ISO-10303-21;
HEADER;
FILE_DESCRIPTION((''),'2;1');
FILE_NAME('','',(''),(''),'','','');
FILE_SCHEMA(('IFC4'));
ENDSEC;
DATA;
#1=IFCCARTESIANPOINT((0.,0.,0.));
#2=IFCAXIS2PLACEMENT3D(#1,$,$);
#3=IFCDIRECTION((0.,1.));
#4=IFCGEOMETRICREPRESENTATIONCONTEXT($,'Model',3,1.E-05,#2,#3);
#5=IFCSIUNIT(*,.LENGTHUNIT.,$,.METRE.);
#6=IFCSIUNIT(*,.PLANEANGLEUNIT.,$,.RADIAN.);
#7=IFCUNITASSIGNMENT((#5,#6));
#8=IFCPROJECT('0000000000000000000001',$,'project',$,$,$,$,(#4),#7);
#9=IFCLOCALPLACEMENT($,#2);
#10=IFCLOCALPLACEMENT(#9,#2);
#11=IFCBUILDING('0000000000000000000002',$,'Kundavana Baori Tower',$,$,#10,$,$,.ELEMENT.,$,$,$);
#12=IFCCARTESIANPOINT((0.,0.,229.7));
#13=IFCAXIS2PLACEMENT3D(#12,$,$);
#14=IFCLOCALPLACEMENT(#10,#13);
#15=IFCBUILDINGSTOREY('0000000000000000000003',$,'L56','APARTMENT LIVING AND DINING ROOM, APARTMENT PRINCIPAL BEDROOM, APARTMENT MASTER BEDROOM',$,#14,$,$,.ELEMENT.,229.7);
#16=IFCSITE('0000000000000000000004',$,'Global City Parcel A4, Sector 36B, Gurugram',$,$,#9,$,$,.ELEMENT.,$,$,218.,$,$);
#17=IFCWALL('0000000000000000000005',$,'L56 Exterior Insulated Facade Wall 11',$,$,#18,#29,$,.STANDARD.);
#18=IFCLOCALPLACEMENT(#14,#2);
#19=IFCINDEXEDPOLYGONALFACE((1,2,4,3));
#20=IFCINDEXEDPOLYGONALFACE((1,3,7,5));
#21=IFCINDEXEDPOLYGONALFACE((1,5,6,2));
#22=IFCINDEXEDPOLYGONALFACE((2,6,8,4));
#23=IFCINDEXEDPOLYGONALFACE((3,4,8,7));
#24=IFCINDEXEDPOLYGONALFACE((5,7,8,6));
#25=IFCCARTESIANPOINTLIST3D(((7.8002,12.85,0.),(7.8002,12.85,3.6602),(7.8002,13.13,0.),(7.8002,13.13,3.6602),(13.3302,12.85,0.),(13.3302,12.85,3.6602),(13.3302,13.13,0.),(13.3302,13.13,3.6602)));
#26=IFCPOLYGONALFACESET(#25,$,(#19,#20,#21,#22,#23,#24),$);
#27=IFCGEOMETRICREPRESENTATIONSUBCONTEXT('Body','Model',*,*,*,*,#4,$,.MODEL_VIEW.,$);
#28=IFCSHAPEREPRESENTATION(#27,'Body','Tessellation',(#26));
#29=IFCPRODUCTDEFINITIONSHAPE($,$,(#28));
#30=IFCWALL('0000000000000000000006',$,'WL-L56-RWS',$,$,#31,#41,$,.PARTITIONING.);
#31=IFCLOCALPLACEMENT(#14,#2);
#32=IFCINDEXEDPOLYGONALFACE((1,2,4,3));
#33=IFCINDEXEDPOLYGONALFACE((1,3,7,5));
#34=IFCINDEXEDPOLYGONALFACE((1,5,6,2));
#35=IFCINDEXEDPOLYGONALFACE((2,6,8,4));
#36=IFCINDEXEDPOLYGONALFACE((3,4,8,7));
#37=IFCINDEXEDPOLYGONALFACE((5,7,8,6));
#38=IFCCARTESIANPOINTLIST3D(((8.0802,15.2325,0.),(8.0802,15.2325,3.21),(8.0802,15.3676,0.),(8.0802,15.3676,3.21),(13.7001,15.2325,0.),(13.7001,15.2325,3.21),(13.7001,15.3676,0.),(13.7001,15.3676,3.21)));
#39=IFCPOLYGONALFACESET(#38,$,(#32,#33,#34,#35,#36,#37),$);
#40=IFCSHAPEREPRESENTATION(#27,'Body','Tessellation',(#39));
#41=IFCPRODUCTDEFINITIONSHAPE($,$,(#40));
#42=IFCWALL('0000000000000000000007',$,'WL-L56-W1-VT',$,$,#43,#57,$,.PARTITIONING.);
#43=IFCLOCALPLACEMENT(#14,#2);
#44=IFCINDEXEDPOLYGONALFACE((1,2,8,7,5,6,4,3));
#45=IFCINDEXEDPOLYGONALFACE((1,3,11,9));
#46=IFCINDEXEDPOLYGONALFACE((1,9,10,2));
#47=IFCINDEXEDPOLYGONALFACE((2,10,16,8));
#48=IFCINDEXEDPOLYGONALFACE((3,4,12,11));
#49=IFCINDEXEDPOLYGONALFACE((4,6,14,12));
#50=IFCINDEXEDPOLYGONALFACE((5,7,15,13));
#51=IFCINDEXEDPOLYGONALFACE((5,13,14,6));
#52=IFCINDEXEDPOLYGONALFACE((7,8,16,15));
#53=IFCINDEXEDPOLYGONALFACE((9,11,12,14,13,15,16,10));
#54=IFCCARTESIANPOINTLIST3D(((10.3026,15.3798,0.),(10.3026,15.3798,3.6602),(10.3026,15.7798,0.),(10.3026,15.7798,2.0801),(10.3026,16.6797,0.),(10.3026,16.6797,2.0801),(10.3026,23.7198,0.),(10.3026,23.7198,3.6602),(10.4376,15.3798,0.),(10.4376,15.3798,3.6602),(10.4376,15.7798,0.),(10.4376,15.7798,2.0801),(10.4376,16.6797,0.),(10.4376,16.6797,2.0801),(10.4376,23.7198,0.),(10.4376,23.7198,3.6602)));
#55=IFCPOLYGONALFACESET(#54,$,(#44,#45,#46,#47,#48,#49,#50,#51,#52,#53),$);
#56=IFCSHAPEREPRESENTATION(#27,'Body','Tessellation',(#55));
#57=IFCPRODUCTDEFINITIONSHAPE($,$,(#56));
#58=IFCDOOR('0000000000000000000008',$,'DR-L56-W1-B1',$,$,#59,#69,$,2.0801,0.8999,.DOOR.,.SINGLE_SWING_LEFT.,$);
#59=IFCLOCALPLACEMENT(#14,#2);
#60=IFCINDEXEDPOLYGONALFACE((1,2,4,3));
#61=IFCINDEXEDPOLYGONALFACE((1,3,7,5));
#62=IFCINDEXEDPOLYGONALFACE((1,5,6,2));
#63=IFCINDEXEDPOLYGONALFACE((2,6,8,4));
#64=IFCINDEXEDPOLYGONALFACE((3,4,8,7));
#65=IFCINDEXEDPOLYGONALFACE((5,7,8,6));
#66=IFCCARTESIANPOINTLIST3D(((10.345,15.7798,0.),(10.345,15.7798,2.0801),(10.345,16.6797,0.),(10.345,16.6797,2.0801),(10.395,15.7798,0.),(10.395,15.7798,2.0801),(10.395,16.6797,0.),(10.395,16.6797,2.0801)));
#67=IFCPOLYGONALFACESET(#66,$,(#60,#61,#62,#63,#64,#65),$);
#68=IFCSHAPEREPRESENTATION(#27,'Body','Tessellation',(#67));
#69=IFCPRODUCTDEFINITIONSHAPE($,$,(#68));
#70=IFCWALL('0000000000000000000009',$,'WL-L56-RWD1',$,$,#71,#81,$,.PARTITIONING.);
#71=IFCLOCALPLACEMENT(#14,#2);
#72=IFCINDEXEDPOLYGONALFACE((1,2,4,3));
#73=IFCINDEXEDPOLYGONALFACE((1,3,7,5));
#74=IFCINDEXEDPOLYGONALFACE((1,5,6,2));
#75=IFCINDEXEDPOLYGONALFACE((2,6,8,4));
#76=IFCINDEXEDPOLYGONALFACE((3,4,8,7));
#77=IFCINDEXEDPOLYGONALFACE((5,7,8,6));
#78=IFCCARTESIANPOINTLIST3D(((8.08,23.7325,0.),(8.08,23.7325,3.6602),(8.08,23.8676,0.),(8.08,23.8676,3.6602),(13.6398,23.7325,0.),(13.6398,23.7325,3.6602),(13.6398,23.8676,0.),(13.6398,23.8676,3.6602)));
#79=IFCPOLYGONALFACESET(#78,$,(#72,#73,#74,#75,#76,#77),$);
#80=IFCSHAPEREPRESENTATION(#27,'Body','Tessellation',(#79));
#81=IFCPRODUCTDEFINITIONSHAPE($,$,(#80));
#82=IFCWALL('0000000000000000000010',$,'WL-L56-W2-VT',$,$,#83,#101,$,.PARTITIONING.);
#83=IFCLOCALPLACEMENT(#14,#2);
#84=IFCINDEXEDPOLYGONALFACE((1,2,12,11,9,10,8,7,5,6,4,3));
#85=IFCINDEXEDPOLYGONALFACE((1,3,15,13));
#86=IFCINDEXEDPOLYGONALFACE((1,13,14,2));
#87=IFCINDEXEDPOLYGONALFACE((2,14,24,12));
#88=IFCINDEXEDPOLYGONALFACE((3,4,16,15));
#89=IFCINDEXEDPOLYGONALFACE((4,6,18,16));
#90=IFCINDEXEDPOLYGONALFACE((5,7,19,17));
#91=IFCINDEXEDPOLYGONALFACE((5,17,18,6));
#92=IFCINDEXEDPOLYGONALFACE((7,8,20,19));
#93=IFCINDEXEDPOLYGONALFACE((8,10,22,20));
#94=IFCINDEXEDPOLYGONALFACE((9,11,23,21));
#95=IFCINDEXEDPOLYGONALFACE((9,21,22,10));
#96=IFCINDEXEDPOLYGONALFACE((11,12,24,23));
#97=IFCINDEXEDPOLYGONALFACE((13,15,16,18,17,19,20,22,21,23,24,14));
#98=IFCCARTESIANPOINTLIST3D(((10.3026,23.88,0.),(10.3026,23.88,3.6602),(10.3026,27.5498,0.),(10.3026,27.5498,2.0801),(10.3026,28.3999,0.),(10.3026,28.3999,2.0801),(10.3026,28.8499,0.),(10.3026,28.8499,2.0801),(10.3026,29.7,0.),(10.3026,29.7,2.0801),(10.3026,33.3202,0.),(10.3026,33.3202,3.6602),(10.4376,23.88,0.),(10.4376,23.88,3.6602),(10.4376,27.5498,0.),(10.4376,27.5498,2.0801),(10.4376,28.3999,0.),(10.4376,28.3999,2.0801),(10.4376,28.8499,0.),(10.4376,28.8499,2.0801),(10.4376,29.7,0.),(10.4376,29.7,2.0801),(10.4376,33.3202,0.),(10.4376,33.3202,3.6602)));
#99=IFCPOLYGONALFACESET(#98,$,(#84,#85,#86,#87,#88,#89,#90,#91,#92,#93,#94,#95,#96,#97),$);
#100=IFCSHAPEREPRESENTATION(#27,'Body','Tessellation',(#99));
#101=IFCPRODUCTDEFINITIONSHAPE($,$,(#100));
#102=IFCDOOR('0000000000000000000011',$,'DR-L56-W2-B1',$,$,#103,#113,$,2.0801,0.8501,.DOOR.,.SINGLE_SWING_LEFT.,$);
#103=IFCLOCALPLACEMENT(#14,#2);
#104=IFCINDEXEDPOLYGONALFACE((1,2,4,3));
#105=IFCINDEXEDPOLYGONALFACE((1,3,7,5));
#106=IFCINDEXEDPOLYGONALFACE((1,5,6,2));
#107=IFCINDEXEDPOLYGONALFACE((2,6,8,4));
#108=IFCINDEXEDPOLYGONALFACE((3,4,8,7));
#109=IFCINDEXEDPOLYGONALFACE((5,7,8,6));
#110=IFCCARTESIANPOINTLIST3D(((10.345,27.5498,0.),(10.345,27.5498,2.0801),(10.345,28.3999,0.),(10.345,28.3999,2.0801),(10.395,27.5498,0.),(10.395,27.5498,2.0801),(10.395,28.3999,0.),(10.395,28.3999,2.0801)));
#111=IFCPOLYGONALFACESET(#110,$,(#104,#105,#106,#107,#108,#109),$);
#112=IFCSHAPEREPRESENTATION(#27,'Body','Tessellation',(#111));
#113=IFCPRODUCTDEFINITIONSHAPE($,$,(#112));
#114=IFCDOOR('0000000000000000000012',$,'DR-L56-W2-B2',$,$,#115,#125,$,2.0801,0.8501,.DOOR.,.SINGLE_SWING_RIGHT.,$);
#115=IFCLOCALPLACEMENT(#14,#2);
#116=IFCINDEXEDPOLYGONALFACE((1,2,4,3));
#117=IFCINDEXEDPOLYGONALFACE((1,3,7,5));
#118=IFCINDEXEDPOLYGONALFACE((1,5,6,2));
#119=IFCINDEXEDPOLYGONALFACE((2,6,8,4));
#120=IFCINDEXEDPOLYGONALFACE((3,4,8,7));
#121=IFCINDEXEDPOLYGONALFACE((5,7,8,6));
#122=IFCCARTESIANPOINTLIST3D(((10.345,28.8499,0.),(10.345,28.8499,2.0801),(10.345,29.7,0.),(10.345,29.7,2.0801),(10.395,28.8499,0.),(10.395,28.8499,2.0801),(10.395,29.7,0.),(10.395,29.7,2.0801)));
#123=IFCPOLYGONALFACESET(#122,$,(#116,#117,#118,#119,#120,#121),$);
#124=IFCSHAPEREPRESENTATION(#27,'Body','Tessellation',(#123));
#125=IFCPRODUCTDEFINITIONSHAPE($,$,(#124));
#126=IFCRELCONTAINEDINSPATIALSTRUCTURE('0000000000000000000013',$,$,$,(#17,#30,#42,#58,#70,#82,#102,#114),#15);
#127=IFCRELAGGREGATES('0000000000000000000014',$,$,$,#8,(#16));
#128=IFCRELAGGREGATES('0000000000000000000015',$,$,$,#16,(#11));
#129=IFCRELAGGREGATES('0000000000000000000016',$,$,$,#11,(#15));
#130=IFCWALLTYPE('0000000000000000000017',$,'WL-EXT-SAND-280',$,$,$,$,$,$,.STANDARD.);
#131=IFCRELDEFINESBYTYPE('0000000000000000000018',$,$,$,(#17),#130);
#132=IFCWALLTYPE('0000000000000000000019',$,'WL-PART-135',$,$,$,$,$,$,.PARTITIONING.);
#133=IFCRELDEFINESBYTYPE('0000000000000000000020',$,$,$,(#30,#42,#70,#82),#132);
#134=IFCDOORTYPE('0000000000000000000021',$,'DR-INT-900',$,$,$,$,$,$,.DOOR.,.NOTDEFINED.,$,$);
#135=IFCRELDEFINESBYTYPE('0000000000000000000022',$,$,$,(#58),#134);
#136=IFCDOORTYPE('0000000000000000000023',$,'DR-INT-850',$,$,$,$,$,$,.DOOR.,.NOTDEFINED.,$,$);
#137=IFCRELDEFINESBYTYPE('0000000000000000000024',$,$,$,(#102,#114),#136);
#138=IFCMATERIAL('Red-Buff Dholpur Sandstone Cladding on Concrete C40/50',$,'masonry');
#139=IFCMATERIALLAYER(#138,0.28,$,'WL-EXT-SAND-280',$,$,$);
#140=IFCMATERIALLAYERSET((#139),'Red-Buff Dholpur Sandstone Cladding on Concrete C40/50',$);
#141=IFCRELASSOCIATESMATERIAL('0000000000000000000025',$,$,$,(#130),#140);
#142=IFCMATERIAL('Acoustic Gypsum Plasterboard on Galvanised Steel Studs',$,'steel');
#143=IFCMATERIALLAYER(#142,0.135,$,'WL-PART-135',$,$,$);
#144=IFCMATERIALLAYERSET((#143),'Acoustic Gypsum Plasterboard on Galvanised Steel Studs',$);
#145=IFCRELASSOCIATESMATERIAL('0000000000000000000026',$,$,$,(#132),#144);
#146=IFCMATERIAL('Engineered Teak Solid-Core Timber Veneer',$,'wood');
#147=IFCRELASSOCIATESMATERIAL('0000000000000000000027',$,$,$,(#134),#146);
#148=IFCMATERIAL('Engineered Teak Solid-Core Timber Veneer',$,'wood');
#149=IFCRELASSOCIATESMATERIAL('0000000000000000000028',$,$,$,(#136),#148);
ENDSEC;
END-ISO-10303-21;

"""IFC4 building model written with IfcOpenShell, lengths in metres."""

from ifc_helpers import new_model, si_unit, direction, frame, frame_2d, origin, place, context, subcontext, project, spatial, rectangle, extrude, material, layer, layer_set, type_object, element, fill, save


model = new_model("IFC4")

# Units and contexts
model_context = context("Model", 3, precision=1e-05, world=origin(), true_north=direction((0.0, 1.0)))
body_context = subcontext(model_context, "Body", "Model", "MODEL_VIEW")
ifc_project = project(units=[si_unit("LENGTHUNIT", "METRE"), si_unit("PLANEANGLEUNIT", "RADIAN")], contexts=[model_context])

# Site, building, storey
site_placement = place(None, origin())
site = spatial("IfcSite", under=ifc_project, at=site_placement, Name="Global City Parcel A4, Sector 36B, Gurugram", CompositionType="ELEMENT", RefElevation=218.0)
building_placement = place(site_placement, origin())
building = spatial("IfcBuilding", under=site, at=building_placement, Name="Kundavana Baori Tower", CompositionType="ELEMENT")
storey_placement = place(building_placement, frame((0.0, 0.0, 229.7)))
storey = spatial("IfcBuildingStorey", under=building, at=storey_placement, Name="L56", Description="APARTMENT LIVING AND DINING ROOM, APARTMENT PRINCIPAL BEDROOM, APARTMENT MASTER BEDROOM", CompositionType="ELEMENT", Elevation=229.7)

# Shared definitions
ifc_material_1 = material(Name="Red-Buff Dholpur Sandstone Cladding on Concrete C40/50", Category="masonry")
ifc_layer_1 = layer(ifc_material_1, 0.28, Name="WL-EXT-SAND-280")
ifc_layer_set_1 = layer_set([ifc_layer_1], Name="Red-Buff Dholpur Sandstone Cladding on Concrete C40/50")
wall_type_1 = type_object("IfcWallType", Name="WL-EXT-SAND-280", PredefinedType="STANDARD", material=ifc_layer_set_1)

# Walls
wall_1_placement = place(storey_placement, frame((7.8, 12.99, 0.0), z_axis=(0.0, 0.0, 1.0), x_axis=(1.0, 0.0, 0.0)))
element("IfcWall", 1, at=wall_1_placement, inside=storey, type_object=wall_type_1, Name="L56 Exterior Insulated Facade Wall 11", PredefinedType="STANDARD", context=body_context, shape_type="SweptSolid", body=[
    extrude(rectangle(XDim=5.53, YDim=0.28, at=frame_2d((2.7651, 0.0))), origin(), (0.0, 0.0, 1.0), 3.6602),
])
ifc_material_2 = material(Name="Acoustic Gypsum Plasterboard on Galvanised Steel Studs", Category="steel")
ifc_layer_2 = layer(ifc_material_2, 0.135, Name="WL-PART-135")
ifc_layer_set_2 = layer_set([ifc_layer_2], Name="Acoustic Gypsum Plasterboard on Galvanised Steel Studs")
wall_type_2 = type_object("IfcWallType", Name="WL-PART-135", PredefinedType="PARTITIONING", material=ifc_layer_set_2)
wall_2_placement = place(storey_placement, frame((8.0801, 15.3, 0.0), z_axis=(0.0, 0.0, 1.0), x_axis=(1.0, 0.0, 0.0)))
element("IfcWall", 2, at=wall_2_placement, inside=storey, type_object=wall_type_2, Name="WL-L56-RWS", PredefinedType="PARTITIONING", context=body_context, shape_type="SweptSolid", body=[
    extrude(rectangle(XDim=5.6199, YDim=0.135, at=frame_2d((2.8101, 0.0))), origin(), (0.0, 0.0, 1.0), 3.21),
])

# Wall, opening, door
wall_3_placement = place(storey_placement, frame((10.3701, 15.3799, 0.0), z_axis=(0.0, 0.0, 1.0), x_axis=(0.0, 1.0, 0.0)))
wall_3 = element("IfcWall", 3, at=wall_3_placement, inside=storey, type_object=wall_type_2, Name="WL-L56-W1-VT", PredefinedType="PARTITIONING", context=body_context, shape_type="SweptSolid", body=[
    extrude(rectangle(XDim=8.3401, YDim=0.135, at=frame_2d((4.1699, 0.0))), origin(), (0.0, 0.0, 1.0), 3.6602),
])
opening_1_placement = place(wall_3_placement, frame((0.3999, 0.0, 0.0)))
opening_1 = element("IfcOpeningElement", 4, at=opening_1_placement, cuts=wall_3, PredefinedType="OPENING", context=body_context, shape_type="SweptSolid", body=[
    extrude(rectangle(XDim=0.8999, YDim=2.0801, at=frame_2d((0.45, 1.04))), frame((0.0, 0.0776, 0.0), z_axis=(0.0, -1.0, 0.0), x_axis=(1.0, 0.0, 0.0)), (0.0, 0.0, 1.0), 0.155),
])
ifc_material_3 = material(Name="Engineered Teak Solid-Core Timber Veneer", Category="wood")
door_type_1 = type_object("IfcDoorType", Name="DR-INT-900", OperationType="NOTDEFINED", PredefinedType="DOOR", material=ifc_material_3)
door_1_placement = place(opening_1_placement, frame((0.8999, 0.0, 0.0), z_axis=(0.0, 0.0, 1.0), x_axis=(-1.0, 0.0, 0.0)))
door_1 = element("IfcDoor", 5, at=door_1_placement, inside=storey, type_object=door_type_1, Name="DR-L56-W1-B1", OperationType="SINGLE_SWING_LEFT", OverallHeight=2.0801, OverallWidth=0.8999, PredefinedType="DOOR", context=body_context, shape_type="SweptSolid", body=[
    extrude(rectangle(XDim=0.8999, YDim=2.0801, at=frame_2d((0.45, 1.04))), frame((0.0, 0.0249, 0.0), z_axis=(0.0, -1.0, 0.0), x_axis=(1.0, 0.0, 0.0)), (0.0, 0.0, 1.0), 0.05),
])
fill(opening_1, door_1)

# Wall
wall_4_placement = place(storey_placement, frame((8.0801, 23.8, 0.0), z_axis=(0.0, 0.0, 1.0), x_axis=(1.0, 0.0, 0.0)))
element("IfcWall", 6, at=wall_4_placement, inside=storey, type_object=wall_type_2, Name="WL-L56-RWD1", PredefinedType="PARTITIONING", context=body_context, shape_type="SweptSolid", body=[
    extrude(rectangle(XDim=5.5598, YDim=0.135, at=frame_2d((2.7798, 0.0))), origin(), (0.0, 0.0, 1.0), 3.6602),
])

# Wall, openings, doors
wall_5_placement = place(storey_placement, frame((10.3701, 23.8799, 0.0), z_axis=(0.0, 0.0, 1.0), x_axis=(0.0, 1.0, 0.0)))
wall_5 = element("IfcWall", 7, at=wall_5_placement, inside=storey, type_object=wall_type_2, Name="WL-L56-W2-VT", PredefinedType="PARTITIONING", context=body_context, shape_type="SweptSolid", body=[
    extrude(rectangle(XDim=9.4402, YDim=0.135, at=frame_2d((4.7202, 0.0))), origin(), (0.0, 0.0, 1.0), 3.6602),
])
opening_2_placement = place(wall_5_placement, frame((3.6699, 0.0, 0.0)))
opening_2 = element("IfcOpeningElement", 8, at=opening_2_placement, cuts=wall_5, PredefinedType="OPENING", context=body_context, shape_type="SweptSolid", body=[
    extrude(rectangle(XDim=0.8501, YDim=2.0801, at=frame_2d((0.425, 1.04))), frame((0.0, 0.0776, 0.0), z_axis=(0.0, -1.0, 0.0), x_axis=(1.0, 0.0, 0.0)), (0.0, 0.0, 1.0), 0.155),
])
opening_3_placement = place(wall_5_placement, frame((4.97, 0.0, 0.0)))
opening_3 = element("IfcOpeningElement", 9, at=opening_3_placement, cuts=wall_5, PredefinedType="OPENING", context=body_context, shape_type="SweptSolid", body=[
    extrude(rectangle(XDim=0.8501, YDim=2.0801, at=frame_2d((0.425, 1.04))), frame((0.0, 0.0776, 0.0), z_axis=(0.0, -1.0, 0.0), x_axis=(1.0, 0.0, 0.0)), (0.0, 0.0, 1.0), 0.155),
])
ifc_material_4 = material(Name="Engineered Teak Solid-Core Timber Veneer", Category="wood")
door_type_2 = type_object("IfcDoorType", Name="DR-INT-850", OperationType="NOTDEFINED", PredefinedType="DOOR", material=ifc_material_4)
door_2_placement = place(opening_2_placement, frame((0.8501, 0.0, 0.0), z_axis=(0.0, 0.0, 1.0), x_axis=(-1.0, 0.0, 0.0)))
door_2 = element("IfcDoor", 10, at=door_2_placement, inside=storey, type_object=door_type_2, Name="DR-L56-W2-B1", OperationType="SINGLE_SWING_LEFT", OverallHeight=2.0801, OverallWidth=0.8501, PredefinedType="DOOR", context=body_context, shape_type="SweptSolid", body=[
    extrude(rectangle(XDim=0.8501, YDim=2.0801, at=frame_2d((0.425, 1.04))), frame((0.0, 0.0249, 0.0), z_axis=(0.0, -1.0, 0.0), x_axis=(1.0, 0.0, 0.0)), (0.0, 0.0, 1.0), 0.05),
])
fill(opening_2, door_2)
door_3_placement = place(opening_3_placement, frame((0.8501, 0.0, 0.0), z_axis=(0.0, 0.0, 1.0), x_axis=(-1.0, 0.0, 0.0)))
door_3 = element("IfcDoor", 11, at=door_3_placement, inside=storey, type_object=door_type_2, Name="DR-L56-W2-B2", OperationType="SINGLE_SWING_RIGHT", OverallHeight=2.0801, OverallWidth=0.8501, PredefinedType="DOOR", context=body_context, shape_type="SweptSolid", body=[
    extrude(rectangle(XDim=0.8501, YDim=2.0801, at=frame_2d((0.425, 1.04))), frame((0.0, 0.0249, 0.0), z_axis=(0.0, -1.0, 0.0), x_axis=(1.0, 0.0, 0.0)), (0.0, 0.0, 1.0), 0.05),
])
fill(opening_3, door_3)

save(model, "model.ifc")
